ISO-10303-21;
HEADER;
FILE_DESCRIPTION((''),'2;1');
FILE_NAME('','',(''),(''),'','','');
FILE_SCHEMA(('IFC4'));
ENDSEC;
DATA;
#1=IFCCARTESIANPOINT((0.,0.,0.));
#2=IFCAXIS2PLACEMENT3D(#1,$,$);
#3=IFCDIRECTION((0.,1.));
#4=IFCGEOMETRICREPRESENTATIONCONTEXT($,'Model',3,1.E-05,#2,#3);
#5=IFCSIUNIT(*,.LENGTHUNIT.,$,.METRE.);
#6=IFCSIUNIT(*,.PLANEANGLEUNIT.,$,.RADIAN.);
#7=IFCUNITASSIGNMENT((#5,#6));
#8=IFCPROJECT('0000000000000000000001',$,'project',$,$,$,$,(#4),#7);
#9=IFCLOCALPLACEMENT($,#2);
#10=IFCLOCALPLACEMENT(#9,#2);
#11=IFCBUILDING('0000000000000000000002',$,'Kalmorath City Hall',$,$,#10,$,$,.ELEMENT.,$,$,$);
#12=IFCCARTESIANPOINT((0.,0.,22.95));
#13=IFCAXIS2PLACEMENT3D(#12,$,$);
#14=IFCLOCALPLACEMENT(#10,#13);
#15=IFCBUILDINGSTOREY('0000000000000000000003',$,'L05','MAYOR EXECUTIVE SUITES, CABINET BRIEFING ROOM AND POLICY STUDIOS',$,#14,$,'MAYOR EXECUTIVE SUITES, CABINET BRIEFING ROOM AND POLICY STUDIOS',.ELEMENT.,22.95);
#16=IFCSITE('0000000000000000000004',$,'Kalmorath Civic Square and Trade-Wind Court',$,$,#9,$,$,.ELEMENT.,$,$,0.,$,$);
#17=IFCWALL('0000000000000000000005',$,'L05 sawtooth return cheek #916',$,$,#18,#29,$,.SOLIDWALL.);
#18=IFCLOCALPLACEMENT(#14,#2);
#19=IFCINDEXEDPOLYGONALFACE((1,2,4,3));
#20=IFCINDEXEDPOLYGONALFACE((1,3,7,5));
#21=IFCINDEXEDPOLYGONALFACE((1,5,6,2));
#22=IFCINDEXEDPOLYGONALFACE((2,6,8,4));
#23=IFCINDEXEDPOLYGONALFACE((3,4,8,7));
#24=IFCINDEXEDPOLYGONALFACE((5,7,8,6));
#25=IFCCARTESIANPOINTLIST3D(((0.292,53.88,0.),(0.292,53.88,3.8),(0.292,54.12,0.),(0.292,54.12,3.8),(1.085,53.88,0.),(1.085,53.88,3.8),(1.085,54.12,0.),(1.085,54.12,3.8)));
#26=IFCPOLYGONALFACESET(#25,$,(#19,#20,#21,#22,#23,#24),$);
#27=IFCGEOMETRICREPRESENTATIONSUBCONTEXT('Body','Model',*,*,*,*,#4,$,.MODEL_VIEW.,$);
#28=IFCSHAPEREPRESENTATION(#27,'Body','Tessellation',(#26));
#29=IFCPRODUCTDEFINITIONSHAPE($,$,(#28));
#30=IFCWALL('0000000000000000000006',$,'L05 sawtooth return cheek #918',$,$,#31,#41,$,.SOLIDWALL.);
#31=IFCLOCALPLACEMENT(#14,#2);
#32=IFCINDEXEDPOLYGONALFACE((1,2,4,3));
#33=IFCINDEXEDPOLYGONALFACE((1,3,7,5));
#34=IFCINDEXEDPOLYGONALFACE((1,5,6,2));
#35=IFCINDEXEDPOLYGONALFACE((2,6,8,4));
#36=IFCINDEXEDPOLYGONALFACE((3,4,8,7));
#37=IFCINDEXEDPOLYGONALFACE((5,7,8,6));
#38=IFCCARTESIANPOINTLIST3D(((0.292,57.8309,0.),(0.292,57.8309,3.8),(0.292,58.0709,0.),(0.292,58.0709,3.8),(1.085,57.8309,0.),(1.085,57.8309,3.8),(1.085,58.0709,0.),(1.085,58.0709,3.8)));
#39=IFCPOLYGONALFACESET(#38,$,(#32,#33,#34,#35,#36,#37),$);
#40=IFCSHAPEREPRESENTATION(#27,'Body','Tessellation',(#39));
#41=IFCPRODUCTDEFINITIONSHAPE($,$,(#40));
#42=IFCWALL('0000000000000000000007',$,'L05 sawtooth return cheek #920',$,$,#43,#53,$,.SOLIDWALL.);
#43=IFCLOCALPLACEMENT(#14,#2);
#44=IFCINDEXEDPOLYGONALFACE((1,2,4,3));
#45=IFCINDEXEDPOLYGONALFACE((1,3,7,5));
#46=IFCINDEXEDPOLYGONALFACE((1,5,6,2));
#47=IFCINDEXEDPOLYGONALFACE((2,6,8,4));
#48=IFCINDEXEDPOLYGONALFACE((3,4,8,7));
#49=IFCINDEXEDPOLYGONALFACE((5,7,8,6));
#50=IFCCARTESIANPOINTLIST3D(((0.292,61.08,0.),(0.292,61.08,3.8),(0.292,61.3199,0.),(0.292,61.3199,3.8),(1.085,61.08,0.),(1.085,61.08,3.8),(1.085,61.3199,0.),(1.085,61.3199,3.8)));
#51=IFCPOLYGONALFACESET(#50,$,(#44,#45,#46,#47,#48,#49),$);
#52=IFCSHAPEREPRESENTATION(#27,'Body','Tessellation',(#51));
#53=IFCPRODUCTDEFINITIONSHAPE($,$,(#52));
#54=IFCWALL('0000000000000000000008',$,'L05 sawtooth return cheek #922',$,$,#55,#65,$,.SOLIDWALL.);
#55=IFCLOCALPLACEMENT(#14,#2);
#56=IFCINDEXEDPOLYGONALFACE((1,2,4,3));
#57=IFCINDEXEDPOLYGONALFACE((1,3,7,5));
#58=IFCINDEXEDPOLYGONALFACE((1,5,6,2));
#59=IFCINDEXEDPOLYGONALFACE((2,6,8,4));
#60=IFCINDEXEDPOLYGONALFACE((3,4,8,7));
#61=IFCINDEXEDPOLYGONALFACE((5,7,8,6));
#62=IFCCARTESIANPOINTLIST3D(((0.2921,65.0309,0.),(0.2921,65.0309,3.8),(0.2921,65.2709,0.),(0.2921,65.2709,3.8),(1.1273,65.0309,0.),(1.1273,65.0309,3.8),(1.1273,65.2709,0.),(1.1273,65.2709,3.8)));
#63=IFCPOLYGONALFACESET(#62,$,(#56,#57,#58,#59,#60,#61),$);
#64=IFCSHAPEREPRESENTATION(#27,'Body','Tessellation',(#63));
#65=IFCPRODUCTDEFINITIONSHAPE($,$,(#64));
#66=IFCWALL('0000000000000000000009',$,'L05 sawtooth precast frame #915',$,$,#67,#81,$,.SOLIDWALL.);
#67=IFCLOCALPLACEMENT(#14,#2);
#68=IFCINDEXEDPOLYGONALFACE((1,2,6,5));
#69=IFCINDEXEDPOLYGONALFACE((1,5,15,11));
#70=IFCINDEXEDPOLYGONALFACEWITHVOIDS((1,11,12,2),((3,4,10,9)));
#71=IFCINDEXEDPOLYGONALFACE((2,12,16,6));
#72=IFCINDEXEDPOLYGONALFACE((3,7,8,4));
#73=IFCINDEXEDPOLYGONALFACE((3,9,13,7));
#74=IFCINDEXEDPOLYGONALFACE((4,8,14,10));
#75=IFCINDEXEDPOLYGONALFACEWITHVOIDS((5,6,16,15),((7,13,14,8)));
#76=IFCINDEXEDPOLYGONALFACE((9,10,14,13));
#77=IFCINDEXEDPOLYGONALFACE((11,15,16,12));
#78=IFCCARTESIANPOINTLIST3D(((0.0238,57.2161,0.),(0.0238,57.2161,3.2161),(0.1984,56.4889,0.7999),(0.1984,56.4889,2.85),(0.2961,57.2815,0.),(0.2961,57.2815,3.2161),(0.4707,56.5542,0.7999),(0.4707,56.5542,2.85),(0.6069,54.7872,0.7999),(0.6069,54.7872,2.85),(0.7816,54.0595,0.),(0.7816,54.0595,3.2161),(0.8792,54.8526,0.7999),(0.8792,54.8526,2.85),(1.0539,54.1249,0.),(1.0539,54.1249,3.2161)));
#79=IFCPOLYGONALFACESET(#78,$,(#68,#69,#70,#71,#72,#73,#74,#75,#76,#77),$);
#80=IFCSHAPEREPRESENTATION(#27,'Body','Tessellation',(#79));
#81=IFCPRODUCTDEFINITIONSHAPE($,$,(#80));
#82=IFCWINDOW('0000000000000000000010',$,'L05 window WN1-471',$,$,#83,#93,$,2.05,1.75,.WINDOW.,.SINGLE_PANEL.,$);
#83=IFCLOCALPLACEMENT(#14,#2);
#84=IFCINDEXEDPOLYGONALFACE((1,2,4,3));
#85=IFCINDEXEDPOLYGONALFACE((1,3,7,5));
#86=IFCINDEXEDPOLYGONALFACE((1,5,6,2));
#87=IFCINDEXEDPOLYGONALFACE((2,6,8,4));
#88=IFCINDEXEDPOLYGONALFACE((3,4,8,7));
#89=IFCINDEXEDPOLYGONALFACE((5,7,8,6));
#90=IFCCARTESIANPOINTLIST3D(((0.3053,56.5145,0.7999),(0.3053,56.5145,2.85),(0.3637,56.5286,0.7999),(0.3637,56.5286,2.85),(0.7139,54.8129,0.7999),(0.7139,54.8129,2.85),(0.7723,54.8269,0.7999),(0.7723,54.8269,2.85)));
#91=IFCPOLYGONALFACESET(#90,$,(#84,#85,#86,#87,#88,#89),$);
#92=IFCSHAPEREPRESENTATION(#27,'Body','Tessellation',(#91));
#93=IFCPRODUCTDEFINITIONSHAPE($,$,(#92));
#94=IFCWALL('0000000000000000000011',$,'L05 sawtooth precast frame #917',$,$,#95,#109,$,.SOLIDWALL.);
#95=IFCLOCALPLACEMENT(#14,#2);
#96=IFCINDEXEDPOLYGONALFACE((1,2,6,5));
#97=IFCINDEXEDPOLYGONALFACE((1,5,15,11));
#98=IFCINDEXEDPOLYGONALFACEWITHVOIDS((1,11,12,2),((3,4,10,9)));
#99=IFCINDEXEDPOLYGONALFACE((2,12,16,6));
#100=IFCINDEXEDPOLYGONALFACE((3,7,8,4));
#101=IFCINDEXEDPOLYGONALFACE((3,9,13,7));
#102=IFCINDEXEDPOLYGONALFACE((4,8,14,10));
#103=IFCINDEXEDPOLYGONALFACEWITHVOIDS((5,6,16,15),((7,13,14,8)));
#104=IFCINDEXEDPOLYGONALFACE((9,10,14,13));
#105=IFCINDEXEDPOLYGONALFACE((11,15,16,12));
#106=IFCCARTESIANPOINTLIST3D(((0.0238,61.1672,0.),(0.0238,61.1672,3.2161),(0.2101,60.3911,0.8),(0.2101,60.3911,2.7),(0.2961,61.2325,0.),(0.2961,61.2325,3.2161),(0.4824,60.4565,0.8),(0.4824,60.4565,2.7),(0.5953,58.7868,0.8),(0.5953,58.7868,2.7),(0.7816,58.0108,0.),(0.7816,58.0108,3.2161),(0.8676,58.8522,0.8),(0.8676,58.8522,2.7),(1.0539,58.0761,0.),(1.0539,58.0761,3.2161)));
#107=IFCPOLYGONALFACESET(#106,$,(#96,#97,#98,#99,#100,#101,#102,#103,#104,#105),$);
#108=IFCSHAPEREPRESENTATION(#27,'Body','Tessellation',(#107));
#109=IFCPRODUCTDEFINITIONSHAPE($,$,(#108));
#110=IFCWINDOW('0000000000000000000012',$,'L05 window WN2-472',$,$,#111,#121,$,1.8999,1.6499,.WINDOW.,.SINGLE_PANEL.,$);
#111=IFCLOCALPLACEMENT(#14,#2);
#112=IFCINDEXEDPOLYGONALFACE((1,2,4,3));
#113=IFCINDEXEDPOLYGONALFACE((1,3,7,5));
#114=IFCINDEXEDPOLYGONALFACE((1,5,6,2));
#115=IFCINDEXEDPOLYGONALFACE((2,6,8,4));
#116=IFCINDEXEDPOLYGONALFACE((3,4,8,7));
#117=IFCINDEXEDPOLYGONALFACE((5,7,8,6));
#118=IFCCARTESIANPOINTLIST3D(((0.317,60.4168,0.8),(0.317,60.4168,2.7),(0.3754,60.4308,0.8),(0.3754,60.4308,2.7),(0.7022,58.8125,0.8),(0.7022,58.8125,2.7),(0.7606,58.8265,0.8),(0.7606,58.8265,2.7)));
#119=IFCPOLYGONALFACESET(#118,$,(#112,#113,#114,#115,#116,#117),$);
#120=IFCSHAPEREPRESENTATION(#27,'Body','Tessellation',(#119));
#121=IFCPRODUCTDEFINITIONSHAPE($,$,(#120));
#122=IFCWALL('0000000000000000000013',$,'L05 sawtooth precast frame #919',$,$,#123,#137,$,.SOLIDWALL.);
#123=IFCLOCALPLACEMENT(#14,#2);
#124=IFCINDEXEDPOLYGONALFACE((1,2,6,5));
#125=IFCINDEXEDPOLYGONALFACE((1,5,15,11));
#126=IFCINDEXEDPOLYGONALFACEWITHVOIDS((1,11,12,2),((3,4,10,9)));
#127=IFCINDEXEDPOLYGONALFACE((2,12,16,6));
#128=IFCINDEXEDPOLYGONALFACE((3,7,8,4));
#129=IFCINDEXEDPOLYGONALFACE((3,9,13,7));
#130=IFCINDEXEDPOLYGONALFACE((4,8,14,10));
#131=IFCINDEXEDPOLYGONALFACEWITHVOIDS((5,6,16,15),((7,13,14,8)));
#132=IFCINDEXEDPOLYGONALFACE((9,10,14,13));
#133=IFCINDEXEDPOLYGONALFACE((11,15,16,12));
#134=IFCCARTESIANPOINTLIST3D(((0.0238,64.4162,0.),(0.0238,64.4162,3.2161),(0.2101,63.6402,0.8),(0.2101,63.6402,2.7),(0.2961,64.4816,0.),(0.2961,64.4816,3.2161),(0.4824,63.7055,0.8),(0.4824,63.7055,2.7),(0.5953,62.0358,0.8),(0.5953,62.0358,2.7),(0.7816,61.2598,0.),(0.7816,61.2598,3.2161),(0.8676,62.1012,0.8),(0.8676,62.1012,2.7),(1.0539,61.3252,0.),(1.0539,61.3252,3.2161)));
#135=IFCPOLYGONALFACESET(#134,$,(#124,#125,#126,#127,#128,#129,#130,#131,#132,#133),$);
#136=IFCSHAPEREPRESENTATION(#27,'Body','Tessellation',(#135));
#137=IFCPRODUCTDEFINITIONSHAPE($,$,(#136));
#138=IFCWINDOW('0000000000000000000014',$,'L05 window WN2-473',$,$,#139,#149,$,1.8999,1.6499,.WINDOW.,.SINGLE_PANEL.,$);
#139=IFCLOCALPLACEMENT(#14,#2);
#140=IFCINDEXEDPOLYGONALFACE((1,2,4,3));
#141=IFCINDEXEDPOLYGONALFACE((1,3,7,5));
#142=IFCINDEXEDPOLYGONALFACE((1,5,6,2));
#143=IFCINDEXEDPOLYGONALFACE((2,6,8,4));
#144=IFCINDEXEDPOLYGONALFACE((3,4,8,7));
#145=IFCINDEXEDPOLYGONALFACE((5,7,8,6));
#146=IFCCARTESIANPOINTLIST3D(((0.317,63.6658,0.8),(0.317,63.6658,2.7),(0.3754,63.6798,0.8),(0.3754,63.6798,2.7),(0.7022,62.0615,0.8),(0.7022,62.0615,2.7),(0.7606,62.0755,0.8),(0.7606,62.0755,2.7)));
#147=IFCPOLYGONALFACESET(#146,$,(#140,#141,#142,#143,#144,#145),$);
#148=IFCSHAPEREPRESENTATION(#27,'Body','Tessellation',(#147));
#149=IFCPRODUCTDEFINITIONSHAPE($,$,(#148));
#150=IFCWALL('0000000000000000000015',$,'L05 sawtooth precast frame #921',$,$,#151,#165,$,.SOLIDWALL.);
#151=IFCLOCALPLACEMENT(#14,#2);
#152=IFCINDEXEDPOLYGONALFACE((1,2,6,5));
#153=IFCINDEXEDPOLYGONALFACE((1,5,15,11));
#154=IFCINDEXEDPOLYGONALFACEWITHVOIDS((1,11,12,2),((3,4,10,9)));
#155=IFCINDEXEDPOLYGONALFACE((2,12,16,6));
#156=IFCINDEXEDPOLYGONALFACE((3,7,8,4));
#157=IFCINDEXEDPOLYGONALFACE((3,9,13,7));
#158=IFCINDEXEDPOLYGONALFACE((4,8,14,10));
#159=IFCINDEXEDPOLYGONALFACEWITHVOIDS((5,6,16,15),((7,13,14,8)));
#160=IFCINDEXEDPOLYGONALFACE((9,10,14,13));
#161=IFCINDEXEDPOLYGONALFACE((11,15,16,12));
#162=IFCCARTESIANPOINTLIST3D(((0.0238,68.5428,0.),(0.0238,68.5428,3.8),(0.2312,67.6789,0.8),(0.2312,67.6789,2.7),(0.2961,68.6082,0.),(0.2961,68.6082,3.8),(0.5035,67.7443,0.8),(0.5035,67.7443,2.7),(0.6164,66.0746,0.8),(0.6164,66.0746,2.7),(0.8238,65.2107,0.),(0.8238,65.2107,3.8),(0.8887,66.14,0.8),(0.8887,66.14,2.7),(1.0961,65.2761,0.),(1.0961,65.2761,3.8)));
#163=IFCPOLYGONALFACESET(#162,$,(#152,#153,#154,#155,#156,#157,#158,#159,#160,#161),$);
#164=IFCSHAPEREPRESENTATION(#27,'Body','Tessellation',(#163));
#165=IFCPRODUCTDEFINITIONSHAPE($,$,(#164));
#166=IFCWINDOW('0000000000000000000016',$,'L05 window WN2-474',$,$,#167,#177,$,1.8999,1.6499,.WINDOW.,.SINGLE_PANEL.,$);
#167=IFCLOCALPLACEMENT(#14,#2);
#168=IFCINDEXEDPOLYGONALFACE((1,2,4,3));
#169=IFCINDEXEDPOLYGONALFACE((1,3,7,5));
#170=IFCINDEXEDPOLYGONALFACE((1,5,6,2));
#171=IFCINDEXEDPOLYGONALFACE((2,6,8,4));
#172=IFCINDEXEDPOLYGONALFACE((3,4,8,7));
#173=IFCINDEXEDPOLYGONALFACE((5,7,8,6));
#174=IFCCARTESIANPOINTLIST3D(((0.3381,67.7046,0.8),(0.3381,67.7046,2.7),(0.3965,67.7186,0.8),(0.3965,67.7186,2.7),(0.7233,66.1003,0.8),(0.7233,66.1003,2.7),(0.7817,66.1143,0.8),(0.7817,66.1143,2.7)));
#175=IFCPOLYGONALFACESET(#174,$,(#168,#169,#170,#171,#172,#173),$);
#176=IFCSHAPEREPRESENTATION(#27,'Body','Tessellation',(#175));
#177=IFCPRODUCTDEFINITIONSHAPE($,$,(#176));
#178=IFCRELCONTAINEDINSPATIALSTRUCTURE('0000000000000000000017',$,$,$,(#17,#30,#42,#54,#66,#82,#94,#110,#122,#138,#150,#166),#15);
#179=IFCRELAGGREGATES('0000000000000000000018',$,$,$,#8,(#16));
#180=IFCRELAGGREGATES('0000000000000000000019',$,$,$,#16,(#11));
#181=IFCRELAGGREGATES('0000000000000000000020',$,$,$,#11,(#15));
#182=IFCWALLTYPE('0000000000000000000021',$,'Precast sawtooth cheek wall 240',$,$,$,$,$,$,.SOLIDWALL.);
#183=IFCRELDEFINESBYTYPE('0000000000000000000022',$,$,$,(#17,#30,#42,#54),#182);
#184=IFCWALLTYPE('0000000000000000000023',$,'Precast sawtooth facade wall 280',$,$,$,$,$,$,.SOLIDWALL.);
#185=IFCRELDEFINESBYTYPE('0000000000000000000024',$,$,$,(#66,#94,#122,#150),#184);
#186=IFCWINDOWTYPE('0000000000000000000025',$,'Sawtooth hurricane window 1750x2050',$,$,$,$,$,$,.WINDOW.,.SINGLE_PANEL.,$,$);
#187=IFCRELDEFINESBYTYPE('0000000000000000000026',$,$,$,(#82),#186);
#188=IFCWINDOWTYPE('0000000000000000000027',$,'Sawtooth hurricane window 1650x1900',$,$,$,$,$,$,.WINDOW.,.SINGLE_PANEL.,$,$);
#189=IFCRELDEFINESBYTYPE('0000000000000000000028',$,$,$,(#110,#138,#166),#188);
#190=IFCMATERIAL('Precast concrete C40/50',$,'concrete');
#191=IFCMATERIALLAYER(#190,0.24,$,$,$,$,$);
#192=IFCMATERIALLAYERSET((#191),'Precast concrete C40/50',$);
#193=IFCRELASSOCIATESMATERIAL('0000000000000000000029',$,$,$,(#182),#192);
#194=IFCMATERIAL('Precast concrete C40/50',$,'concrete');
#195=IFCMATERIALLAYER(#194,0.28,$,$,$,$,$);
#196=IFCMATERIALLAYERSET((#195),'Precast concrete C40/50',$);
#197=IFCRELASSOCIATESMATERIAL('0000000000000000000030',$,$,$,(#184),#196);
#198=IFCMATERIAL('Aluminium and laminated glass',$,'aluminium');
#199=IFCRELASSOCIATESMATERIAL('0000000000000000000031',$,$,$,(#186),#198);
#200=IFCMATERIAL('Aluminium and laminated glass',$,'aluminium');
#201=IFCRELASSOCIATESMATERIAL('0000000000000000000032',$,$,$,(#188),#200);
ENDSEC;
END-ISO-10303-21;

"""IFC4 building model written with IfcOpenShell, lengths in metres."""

from ifc_helpers import new_model, si_unit, direction, frame, frame_2d, origin, place, context, subcontext, project, spatial, rectangle, extrude, material, layer, layer_set, type_object, element, fill, save


model = new_model("IFC4")

# Units and contexts
model_context = context("Model", 3, precision=1e-05, world=origin(), true_north=direction((0.0, 1.0)))
body_context = subcontext(model_context, "Body", "Model", "MODEL_VIEW")
ifc_project = project(units=[si_unit("LENGTHUNIT", "METRE"), si_unit("PLANEANGLEUNIT", "RADIAN")], contexts=[model_context])

# Site, building, storey
site_placement = place(None, origin())
site = spatial("IfcSite", under=ifc_project, at=site_placement, Name="Kalmorath Civic Square and Trade-Wind Court", CompositionType="ELEMENT", RefElevation=0.0)
building_placement = place(site_placement, origin())
building = spatial("IfcBuilding", under=site, at=building_placement, Name="Kalmorath City Hall", CompositionType="ELEMENT")
storey_placement = place(building_placement, frame((0.0, 0.0, 22.95)))
storey = spatial("IfcBuildingStorey", under=building, at=storey_placement, Name="L05", Description="MAYOR EXECUTIVE SUITES, CABINET BRIEFING ROOM AND POLICY STUDIOS", LongName="MAYOR EXECUTIVE SUITES, CABINET BRIEFING ROOM AND POLICY STUDIOS", CompositionType="ELEMENT", Elevation=22.95)

# Walls
ifc_material_1 = material(Name="Precast concrete C40/50", Category="concrete")
ifc_layer_1 = layer(ifc_material_1, 0.24)
ifc_layer_set_1 = layer_set([ifc_layer_1], Name="Precast concrete C40/50")
wall_type_1 = type_object("IfcWallType", Name="Precast sawtooth cheek wall 240", PredefinedType="SOLIDWALL", material=ifc_layer_set_1)
for number, where, z_axis, x_axis, name in (
    (1, (1.085, 54.0, 0.0), (0.0, 0.0, 1.0), (-1.0, 0.0, 0.0), "L05 sawtooth return cheek #916"),
    (2, (1.085, 57.9509, 0.0), (0.0, 0.0, 1.0), (-1.0, 0.0, 0.0), "L05 sawtooth return cheek #918"),
    (3, (1.085, 61.2, 0.0), (0.0, 0.0, 1.0), (-1.0, 0.0, 0.0), "L05 sawtooth return cheek #920"),
):
    element("IfcWall", number, at=place(storey_placement, frame(where, z_axis=z_axis, x_axis=x_axis)), inside=storey, type_object=wall_type_1, Name=name, PredefinedType="SOLIDWALL", context=body_context, shape_type="SweptSolid", body=[
        extrude(rectangle(XDim=0.793, YDim=0.24, at=frame_2d((0.3965, 0.0))), origin(), (0.0, 0.0, 1.0), 3.8),
    ])
wall_1_placement = place(storey_placement, frame((1.1272, 65.1509, 0.0), z_axis=(0.0, 0.0, 1.0), x_axis=(-1.0, 0.0, 0.0)))
element("IfcWall", 4, at=wall_1_placement, inside=storey, type_object=wall_type_1, Name="L05 sawtooth return cheek #922", PredefinedType="SOLIDWALL", context=body_context, shape_type="SweptSolid", body=[
    extrude(rectangle(XDim=0.8352, YDim=0.24, at=frame_2d((0.4175, 0.0))), origin(), (0.0, 0.0, 1.0), 3.8),
])

# Walls, openings, windows
ifc_material_2 = material(Name="Precast concrete C40/50", Category="concrete")
ifc_layer_2 = layer(ifc_material_2, 0.28)
ifc_layer_set_2 = layer_set([ifc_layer_2], Name="Precast concrete C40/50")
wall_type_2 = type_object("IfcWallType", Name="Precast sawtooth facade wall 280", PredefinedType="SOLIDWALL", material=ifc_layer_set_2)
wall_2_placement = place(storey_placement, frame((0.9177, 54.0923, 0.0), z_axis=(0.0, 0.0, 1.0), x_axis=(-0.23343, 0.972374, 0.0)))
wall_2 = element("IfcWall", 5, at=wall_2_placement, inside=storey, type_object=wall_type_2, Name="L05 sawtooth precast frame #915", PredefinedType="SOLIDWALL", context=body_context, shape_type="SweptSolid", body=[
    extrude(rectangle(XDim=3.2463, YDim=0.28, at=frame_2d((1.623, 0.0))), origin(), (0.0, 0.0, 1.0), 3.2161),
])
opening_1_placement = place(wall_2_placement, frame((0.7483, 0.0, 0.8)))
opening_1 = element("IfcOpeningElement", 6, at=opening_1_placement, cuts=wall_2, PredefinedType="OPENING", context=body_context, shape_type="SweptSolid", body=[
    extrude(rectangle(XDim=1.75, YDim=2.05, at=frame_2d((0.875, 1.0249))), frame((0.0, 0.1499, 0.0), z_axis=(0.0, -1.0, 0.0), x_axis=(1.0, 0.0, 0.0)), (0.0, 0.0, 1.0), 0.3),
])
ifc_material_3 = material(Name="Aluminium and laminated glass", Category="aluminium")
window_type_1 = type_object("IfcWindowType", Name="Sawtooth hurricane window 1750x2050", PartitioningType="SINGLE_PANEL", PredefinedType="WINDOW", material=ifc_material_3)
window_1_placement = place(opening_1_placement, origin())
window_1 = element("IfcWindow", 7, at=window_1_placement, inside=storey, type_object=window_type_1, Name="L05 window WN1-471", OverallHeight=2.05, OverallWidth=1.75, PartitioningType="SINGLE_PANEL", PredefinedType="WINDOW", context=body_context, shape_type="SweptSolid", body=[
    extrude(rectangle(XDim=1.75, YDim=2.05, at=frame_2d((0.875, 1.0249))), frame((0.0, 0.03, 0.0), z_axis=(0.0, -1.0, 0.0), x_axis=(1.0, 0.0, 0.0)), (0.0, 0.0, 1.0), 0.0601),
])
fill(opening_1, window_1)
wall_3_placement = place(storey_placement, frame((0.9177, 58.0435, 0.0), z_axis=(0.0, 0.0, 1.0), x_axis=(-0.233447, 0.97237, 0.0)))
wall_3 = element("IfcWall", 8, at=wall_3_placement, inside=storey, type_object=wall_type_2, Name="L05 sawtooth precast frame #917", PredefinedType="SOLIDWALL", context=body_context, shape_type="SweptSolid", body=[
    extrude(rectangle(XDim=3.2461, YDim=0.28, at=frame_2d((1.623, 0.0))), origin(), (0.0, 0.0, 1.0), 3.2161),
])
opening_2_placement = place(wall_3_placement, frame((0.7981, 0.0, 0.8)))
opening_2 = element("IfcOpeningElement", 9, at=opening_2_placement, cuts=wall_3, PredefinedType="OPENING", context=body_context, shape_type="SweptSolid", body=[
    extrude(rectangle(XDim=1.6499, YDim=1.8999, at=frame_2d((0.825, 0.95))), frame((0.0, 0.1499, 0.0), z_axis=(0.0, -1.0, 0.0), x_axis=(1.0, 0.0, 0.0)), (0.0, 0.0, 1.0), 0.3),
])
ifc_material_4 = material(Name="Aluminium and laminated glass", Category="aluminium")
window_type_2 = type_object("IfcWindowType", Name="Sawtooth hurricane window 1650x1900", PartitioningType="SINGLE_PANEL", PredefinedType="WINDOW", material=ifc_material_4)
window_2_placement = place(opening_2_placement, origin())
window_2 = element("IfcWindow", 10, at=window_2_placement, inside=storey, type_object=window_type_2, Name="L05 window WN2-472", OverallHeight=1.8999, OverallWidth=1.6499, PartitioningType="SINGLE_PANEL", PredefinedType="WINDOW", context=body_context, shape_type="SweptSolid", body=[
    extrude(rectangle(XDim=1.6499, YDim=1.8999, at=frame_2d((0.825, 0.95))), frame((0.0, 0.03, 0.0), z_axis=(0.0, -1.0, 0.0), x_axis=(1.0, 0.0, 0.0)), (0.0, 0.0, 1.0), 0.0601),
])
fill(opening_2, window_2)
wall_4_placement = place(storey_placement, frame((0.9177, 61.2925, 0.0), z_axis=(0.0, 0.0, 1.0), x_axis=(-0.233447, 0.97237, 0.0)))
wall_4 = element("IfcWall", 11, at=wall_4_placement, inside=storey, type_object=wall_type_2, Name="L05 sawtooth precast frame #919", PredefinedType="SOLIDWALL", context=body_context, shape_type="SweptSolid", body=[
    extrude(rectangle(XDim=3.2461, YDim=0.28, at=frame_2d((1.623, 0.0))), origin(), (0.0, 0.0, 1.0), 3.2161),
])
opening_3_placement = place(wall_4_placement, frame((0.7981, 0.0, 0.8)))
opening_3 = element("IfcOpeningElement", 12, at=opening_3_placement, cuts=wall_4, PredefinedType="OPENING", context=body_context, shape_type="SweptSolid", body=[
    extrude(rectangle(XDim=1.6499, YDim=1.8999, at=frame_2d((0.825, 0.95))), frame((0.0, 0.1499, 0.0), z_axis=(0.0, -1.0, 0.0), x_axis=(1.0, 0.0, 0.0)), (0.0, 0.0, 1.0), 0.3),
])
window_3_placement = place(opening_3_placement, origin())
window_3 = element("IfcWindow", 13, at=window_3_placement, inside=storey, type_object=window_type_2, Name="L05 window WN2-473", OverallHeight=1.8999, OverallWidth=1.6499, PartitioningType="SINGLE_PANEL", PredefinedType="WINDOW", context=body_context, shape_type="SweptSolid", body=[
    extrude(rectangle(XDim=1.6499, YDim=1.8999, at=frame_2d((0.825, 0.95))), frame((0.0, 0.03, 0.0), z_axis=(0.0, -1.0, 0.0), x_axis=(1.0, 0.0, 0.0)), (0.0, 0.0, 1.0), 0.0601),
])
fill(opening_3, window_3)
wall_5_placement = place(storey_placement, frame((0.96, 65.2434, 0.0), z_axis=(0.0, 0.0, 1.0), x_axis=(-0.233473, 0.972363, 0.0)))
wall_5 = element("IfcWall", 14, at=wall_5_placement, inside=storey, type_object=wall_type_2, Name="L05 sawtooth precast frame #921", PredefinedType="SOLIDWALL", context=body_context, shape_type="SweptSolid", body=[
    extrude(rectangle(XDim=3.4268, YDim=0.28, at=frame_2d((1.7134, 0.0))), origin(), (0.0, 0.0, 1.0), 3.8),
])
opening_4_placement = place(wall_5_placement, frame((0.8884, 0.0, 0.8)))
opening_4 = element("IfcOpeningElement", 15, at=opening_4_placement, cuts=wall_5, PredefinedType="OPENING", context=body_context, shape_type="SweptSolid", body=[
    extrude(rectangle(XDim=1.6499, YDim=1.8999, at=frame_2d((0.825, 0.95))), frame((0.0, 0.1499, 0.0), z_axis=(0.0, -1.0, 0.0), x_axis=(1.0, 0.0, 0.0)), (0.0, 0.0, 1.0), 0.3),
])
window_4_placement = place(opening_4_placement, origin())
window_4 = element("IfcWindow", 16, at=window_4_placement, inside=storey, type_object=window_type_2, Name="L05 window WN2-474", OverallHeight=1.8999, OverallWidth=1.6499, PartitioningType="SINGLE_PANEL", PredefinedType="WINDOW", context=body_context, shape_type="SweptSolid", body=[
    extrude(rectangle(XDim=1.6499, YDim=1.8999, at=frame_2d((0.825, 0.95))), frame((0.0, 0.03, 0.0), z_axis=(0.0, -1.0, 0.0), x_axis=(1.0, 0.0, 0.0)), (0.0, 0.0, 1.0), 0.0601),
])
fill(opening_4, window_4)

save(model, "model.ifc")
